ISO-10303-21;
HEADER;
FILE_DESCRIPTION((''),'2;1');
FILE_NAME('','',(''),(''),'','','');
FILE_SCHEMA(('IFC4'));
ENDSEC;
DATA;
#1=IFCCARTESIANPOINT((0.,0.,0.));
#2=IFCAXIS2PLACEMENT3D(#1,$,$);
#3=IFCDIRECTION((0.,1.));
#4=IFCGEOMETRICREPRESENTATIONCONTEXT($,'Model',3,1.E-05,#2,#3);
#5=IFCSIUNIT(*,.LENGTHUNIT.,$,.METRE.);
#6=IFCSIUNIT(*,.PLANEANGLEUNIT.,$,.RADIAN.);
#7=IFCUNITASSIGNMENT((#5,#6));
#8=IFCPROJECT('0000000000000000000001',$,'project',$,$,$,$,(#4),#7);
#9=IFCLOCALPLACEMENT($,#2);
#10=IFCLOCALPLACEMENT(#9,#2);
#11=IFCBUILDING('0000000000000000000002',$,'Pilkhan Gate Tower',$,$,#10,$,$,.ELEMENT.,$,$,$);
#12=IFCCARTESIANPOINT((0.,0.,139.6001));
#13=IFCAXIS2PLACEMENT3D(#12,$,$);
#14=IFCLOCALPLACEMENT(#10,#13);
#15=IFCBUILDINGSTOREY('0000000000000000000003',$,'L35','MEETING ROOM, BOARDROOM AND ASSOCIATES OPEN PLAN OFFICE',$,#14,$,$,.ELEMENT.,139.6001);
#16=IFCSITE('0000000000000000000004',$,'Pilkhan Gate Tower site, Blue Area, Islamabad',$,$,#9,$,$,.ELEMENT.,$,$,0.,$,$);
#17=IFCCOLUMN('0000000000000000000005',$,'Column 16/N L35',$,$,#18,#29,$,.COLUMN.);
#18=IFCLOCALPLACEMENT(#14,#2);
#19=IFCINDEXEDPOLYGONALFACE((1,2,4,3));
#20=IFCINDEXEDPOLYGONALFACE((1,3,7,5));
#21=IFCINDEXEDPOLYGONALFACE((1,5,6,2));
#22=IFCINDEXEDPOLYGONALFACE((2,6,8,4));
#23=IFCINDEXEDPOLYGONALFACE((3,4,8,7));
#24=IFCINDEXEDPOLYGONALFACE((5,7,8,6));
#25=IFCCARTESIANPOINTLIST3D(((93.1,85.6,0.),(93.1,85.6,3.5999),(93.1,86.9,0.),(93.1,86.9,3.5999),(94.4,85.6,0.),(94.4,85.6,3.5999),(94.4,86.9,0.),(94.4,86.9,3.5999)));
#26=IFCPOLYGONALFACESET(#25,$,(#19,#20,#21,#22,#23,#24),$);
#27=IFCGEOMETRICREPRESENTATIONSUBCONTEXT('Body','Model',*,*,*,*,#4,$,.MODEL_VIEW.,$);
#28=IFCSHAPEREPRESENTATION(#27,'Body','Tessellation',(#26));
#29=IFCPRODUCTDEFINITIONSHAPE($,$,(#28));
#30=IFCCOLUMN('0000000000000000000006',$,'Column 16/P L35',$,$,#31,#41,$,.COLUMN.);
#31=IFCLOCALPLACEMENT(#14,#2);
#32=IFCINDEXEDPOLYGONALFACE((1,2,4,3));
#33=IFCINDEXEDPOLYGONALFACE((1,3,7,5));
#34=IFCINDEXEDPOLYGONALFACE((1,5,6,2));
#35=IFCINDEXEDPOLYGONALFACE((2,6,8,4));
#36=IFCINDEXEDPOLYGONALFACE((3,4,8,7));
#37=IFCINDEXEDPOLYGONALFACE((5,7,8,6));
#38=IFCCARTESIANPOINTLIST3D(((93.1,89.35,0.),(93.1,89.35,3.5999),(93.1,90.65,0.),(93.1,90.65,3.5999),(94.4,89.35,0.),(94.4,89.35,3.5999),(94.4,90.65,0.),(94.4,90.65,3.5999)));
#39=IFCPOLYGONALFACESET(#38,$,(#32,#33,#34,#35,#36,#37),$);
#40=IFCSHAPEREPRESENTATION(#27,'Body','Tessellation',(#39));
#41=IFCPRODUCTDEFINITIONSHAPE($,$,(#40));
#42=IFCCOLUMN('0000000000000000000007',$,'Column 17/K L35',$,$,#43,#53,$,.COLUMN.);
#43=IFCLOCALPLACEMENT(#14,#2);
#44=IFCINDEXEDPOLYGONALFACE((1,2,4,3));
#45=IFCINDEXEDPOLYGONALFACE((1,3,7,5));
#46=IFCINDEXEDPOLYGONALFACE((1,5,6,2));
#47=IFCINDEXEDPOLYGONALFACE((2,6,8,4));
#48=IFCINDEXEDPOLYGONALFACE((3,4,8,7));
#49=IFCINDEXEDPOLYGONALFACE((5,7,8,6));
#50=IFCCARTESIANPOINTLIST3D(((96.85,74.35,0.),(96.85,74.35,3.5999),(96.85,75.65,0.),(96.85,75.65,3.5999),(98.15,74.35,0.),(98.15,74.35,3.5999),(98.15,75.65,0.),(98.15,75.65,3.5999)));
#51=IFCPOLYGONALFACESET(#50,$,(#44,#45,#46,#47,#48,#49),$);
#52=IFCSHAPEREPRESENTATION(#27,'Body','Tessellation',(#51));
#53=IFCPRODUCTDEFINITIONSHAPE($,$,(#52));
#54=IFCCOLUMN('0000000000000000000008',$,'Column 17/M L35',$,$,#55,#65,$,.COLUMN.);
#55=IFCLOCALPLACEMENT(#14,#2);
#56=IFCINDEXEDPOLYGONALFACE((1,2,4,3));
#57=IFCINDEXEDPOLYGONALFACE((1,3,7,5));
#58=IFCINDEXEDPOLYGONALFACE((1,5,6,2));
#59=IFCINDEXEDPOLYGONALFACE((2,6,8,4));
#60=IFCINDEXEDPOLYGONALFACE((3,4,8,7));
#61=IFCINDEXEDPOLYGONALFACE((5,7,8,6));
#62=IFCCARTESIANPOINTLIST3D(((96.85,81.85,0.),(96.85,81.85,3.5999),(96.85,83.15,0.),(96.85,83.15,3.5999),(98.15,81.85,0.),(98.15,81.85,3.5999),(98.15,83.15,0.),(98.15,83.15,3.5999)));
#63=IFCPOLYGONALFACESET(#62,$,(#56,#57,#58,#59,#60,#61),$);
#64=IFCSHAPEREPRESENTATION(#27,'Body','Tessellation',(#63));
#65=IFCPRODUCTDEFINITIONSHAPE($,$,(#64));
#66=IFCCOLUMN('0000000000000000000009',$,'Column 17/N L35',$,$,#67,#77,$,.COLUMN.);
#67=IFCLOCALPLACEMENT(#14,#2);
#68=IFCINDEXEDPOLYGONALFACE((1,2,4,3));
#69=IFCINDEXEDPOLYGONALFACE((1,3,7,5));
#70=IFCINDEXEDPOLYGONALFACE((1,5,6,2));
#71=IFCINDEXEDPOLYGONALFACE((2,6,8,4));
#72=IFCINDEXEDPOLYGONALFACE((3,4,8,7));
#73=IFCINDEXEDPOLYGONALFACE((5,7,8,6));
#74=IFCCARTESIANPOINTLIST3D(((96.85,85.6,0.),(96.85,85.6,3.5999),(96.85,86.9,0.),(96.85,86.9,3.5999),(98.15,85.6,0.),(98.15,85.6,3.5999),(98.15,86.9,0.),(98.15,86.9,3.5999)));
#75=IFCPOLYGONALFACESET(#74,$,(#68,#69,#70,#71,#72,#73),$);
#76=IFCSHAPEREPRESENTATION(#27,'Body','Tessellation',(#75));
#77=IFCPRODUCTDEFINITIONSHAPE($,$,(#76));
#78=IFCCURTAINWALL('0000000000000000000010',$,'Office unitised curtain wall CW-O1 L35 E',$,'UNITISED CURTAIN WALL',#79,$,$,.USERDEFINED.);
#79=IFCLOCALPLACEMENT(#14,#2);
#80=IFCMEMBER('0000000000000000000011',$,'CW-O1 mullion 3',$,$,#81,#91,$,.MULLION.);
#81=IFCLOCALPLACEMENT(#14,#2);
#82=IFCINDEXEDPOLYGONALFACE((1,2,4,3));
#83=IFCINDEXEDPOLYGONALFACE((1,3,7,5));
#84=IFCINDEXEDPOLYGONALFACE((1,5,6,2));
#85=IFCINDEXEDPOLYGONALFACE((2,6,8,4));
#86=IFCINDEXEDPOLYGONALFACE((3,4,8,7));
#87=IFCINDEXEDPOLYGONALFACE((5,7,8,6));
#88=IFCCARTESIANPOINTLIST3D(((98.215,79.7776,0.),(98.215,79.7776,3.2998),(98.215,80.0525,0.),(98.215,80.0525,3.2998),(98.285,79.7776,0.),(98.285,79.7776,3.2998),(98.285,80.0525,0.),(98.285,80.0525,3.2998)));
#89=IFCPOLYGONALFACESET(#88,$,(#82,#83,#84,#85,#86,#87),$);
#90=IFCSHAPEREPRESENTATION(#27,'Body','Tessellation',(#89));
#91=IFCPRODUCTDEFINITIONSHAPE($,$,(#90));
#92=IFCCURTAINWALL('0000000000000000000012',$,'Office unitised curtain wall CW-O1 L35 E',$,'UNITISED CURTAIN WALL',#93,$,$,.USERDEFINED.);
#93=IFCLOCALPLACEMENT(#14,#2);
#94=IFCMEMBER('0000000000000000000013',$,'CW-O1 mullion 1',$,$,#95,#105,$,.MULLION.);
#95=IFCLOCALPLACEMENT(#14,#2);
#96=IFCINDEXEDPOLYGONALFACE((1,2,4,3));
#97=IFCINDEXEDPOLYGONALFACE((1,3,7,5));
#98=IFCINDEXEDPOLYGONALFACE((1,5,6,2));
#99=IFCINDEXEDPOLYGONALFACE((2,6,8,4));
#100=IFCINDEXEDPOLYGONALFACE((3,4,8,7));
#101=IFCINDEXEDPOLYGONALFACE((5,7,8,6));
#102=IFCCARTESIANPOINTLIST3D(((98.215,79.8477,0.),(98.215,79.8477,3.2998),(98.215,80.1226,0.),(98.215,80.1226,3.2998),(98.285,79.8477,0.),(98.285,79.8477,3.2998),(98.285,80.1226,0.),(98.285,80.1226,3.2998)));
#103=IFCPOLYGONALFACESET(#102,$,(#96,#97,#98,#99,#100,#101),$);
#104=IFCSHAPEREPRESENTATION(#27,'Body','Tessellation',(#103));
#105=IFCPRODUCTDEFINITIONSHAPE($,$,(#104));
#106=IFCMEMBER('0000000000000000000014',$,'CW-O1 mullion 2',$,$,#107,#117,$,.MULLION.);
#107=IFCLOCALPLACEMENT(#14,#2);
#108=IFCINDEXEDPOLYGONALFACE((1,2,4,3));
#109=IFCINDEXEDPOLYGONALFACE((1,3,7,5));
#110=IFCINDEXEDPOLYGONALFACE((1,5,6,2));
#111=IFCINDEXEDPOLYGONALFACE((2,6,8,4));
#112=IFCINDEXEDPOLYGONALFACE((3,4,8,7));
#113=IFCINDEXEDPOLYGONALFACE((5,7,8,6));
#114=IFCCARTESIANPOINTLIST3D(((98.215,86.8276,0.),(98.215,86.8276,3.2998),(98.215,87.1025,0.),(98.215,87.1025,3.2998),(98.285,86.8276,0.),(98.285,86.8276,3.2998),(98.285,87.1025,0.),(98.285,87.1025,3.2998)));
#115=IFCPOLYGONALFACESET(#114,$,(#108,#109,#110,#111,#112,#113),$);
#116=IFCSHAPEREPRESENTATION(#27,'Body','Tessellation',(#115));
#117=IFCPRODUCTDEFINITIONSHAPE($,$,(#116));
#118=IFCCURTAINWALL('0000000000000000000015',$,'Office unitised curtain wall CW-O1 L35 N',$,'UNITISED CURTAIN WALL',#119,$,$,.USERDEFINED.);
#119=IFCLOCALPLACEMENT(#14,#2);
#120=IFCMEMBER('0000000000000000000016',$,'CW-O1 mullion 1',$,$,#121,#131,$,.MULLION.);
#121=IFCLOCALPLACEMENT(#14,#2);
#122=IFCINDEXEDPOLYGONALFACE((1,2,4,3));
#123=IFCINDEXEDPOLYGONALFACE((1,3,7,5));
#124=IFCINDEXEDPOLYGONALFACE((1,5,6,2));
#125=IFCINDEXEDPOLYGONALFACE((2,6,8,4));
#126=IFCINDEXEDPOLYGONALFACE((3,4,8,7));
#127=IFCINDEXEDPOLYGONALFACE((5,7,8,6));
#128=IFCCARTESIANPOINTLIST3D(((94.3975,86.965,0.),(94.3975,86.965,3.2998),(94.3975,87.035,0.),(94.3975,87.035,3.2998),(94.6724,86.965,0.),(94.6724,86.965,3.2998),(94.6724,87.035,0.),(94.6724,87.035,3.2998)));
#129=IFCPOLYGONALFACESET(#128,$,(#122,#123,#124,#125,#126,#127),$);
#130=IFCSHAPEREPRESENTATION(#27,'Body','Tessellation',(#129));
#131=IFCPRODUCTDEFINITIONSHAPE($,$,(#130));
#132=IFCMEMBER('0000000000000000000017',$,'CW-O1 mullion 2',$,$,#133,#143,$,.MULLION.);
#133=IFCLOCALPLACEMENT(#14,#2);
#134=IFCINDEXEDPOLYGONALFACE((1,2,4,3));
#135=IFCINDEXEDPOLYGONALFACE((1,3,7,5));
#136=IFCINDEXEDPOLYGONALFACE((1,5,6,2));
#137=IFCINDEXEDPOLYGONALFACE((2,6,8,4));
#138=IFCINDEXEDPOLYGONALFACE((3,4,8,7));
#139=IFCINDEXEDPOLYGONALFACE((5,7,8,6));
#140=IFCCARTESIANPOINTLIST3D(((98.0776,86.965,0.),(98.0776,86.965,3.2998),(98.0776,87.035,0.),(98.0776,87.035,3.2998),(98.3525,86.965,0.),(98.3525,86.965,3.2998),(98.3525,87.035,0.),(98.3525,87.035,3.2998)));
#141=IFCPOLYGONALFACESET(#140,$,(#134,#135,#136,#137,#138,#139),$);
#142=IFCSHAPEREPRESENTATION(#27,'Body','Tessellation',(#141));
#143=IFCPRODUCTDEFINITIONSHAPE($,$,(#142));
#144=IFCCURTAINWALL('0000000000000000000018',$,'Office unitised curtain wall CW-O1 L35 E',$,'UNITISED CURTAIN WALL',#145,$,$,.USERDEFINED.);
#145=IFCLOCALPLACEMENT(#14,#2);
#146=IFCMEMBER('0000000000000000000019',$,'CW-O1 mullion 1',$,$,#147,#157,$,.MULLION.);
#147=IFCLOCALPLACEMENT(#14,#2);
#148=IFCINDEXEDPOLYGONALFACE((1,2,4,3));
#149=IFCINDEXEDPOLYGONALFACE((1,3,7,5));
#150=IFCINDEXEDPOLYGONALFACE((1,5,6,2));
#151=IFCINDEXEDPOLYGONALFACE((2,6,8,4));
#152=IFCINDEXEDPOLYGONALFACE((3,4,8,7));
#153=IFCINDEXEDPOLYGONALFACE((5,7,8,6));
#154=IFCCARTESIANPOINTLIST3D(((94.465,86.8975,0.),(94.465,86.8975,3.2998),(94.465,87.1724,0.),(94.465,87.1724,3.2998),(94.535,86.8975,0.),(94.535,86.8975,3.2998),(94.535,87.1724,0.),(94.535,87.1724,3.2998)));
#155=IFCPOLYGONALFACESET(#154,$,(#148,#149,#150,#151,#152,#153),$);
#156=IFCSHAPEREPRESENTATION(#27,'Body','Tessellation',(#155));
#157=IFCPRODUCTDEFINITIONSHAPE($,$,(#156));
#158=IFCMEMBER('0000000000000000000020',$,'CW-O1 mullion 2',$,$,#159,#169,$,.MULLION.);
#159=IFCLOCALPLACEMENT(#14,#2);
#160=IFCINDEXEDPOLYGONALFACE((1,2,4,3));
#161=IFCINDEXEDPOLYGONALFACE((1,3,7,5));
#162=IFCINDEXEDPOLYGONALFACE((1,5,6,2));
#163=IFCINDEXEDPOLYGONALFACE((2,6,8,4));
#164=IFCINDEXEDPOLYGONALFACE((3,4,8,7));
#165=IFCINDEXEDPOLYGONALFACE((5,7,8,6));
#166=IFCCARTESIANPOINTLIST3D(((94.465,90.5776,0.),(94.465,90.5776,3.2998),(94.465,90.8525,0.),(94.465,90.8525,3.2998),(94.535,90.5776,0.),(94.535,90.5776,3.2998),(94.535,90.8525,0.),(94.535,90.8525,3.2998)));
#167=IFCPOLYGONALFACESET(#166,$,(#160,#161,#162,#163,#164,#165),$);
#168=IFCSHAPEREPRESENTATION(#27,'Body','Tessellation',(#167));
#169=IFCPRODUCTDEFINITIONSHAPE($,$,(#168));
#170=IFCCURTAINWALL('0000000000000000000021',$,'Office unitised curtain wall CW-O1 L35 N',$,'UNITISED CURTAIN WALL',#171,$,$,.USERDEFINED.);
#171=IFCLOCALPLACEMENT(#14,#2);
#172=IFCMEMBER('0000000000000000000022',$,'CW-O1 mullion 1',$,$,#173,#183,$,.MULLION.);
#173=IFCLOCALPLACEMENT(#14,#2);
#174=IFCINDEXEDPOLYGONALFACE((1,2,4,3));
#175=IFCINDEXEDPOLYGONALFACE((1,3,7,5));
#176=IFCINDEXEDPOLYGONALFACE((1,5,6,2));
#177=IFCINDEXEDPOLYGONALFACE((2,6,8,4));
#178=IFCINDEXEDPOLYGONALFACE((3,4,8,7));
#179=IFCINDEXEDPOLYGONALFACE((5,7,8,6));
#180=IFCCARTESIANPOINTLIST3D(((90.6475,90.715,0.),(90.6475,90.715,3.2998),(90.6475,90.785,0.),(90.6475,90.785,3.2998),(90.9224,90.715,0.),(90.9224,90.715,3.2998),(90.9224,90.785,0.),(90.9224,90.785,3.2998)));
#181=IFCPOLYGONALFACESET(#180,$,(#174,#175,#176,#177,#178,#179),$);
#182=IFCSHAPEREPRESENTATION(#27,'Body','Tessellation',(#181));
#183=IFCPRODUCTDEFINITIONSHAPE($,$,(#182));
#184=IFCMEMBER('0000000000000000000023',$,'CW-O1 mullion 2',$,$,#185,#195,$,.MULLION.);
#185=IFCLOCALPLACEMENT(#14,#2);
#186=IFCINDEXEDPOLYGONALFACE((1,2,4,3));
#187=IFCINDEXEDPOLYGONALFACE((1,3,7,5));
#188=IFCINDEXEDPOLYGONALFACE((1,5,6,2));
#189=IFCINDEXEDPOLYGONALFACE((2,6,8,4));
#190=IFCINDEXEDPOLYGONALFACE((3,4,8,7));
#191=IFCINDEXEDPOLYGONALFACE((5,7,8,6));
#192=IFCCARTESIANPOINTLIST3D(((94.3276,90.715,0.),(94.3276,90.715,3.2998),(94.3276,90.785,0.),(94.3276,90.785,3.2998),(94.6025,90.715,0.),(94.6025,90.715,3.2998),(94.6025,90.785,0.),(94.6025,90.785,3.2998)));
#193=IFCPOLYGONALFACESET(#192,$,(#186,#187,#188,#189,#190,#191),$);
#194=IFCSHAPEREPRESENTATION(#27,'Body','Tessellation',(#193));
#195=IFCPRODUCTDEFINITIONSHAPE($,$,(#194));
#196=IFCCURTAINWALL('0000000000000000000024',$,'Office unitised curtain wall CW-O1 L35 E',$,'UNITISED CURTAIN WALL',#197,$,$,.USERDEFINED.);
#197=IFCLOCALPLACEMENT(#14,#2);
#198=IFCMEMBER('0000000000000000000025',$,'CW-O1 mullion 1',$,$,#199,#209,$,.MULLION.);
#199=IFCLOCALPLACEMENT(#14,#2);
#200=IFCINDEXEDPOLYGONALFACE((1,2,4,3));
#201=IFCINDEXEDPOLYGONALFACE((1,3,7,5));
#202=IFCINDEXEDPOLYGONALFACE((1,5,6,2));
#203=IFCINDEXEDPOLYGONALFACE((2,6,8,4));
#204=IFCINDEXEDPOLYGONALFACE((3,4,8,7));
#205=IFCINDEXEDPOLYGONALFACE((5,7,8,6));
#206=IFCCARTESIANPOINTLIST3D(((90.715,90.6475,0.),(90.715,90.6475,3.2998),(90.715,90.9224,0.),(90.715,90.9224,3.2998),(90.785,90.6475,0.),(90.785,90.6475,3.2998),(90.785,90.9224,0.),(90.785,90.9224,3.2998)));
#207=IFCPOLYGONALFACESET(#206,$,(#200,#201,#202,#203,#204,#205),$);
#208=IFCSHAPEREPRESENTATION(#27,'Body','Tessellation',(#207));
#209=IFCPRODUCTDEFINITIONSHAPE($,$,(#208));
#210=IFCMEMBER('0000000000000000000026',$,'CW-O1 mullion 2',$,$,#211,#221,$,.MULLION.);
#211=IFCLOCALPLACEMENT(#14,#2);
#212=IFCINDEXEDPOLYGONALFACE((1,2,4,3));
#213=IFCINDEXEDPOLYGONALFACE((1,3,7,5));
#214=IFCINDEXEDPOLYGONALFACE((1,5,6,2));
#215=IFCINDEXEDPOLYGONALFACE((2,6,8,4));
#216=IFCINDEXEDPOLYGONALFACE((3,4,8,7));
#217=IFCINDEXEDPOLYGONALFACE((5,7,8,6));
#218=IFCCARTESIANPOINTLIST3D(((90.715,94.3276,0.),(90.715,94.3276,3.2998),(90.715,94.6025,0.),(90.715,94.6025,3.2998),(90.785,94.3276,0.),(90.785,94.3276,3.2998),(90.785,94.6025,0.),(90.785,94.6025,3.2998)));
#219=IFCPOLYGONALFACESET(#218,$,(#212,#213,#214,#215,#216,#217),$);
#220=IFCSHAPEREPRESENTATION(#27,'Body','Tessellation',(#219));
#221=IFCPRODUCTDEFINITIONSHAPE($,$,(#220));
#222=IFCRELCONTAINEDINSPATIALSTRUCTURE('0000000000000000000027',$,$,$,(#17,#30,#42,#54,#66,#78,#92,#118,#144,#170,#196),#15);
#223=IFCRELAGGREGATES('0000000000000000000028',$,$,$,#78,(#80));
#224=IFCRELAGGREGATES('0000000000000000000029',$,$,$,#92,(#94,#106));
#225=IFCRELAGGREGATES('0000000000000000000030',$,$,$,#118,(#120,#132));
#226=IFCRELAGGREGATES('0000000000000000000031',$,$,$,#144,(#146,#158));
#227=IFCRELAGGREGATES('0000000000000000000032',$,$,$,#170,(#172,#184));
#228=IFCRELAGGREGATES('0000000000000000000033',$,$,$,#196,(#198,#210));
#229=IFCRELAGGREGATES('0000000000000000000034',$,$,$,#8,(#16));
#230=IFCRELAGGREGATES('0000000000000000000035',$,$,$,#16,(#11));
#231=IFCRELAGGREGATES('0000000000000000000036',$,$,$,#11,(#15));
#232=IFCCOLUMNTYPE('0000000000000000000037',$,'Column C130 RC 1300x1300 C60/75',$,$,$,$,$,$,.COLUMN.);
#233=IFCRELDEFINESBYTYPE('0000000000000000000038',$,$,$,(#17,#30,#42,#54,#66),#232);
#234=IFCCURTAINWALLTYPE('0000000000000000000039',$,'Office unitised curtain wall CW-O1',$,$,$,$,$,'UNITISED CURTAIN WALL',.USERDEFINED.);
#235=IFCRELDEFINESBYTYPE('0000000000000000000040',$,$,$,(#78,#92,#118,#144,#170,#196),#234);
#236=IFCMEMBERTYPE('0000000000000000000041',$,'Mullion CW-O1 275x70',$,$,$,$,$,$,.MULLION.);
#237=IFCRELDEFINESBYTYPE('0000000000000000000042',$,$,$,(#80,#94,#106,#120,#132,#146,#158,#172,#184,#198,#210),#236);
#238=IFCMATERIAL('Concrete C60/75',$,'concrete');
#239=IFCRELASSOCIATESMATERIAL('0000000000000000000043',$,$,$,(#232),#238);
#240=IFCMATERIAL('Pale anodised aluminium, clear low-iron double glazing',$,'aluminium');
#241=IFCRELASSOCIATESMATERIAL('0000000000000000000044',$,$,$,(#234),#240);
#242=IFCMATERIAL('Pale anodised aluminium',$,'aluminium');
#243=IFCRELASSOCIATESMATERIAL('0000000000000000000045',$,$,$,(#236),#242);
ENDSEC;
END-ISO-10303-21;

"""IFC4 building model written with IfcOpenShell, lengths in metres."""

from ifc_helpers import new_model, si_unit, direction, frame, origin, origin_2d, place, context, subcontext, project, spatial, rectangle, extrude, material, material_profile, profile_set, type_object, element, aggregate, save


model = new_model("IFC4")

# Units and contexts
model_context = context("Model", 3, precision=1e-05, world=origin(), true_north=direction((0.0, 1.0)))
body_context = subcontext(model_context, "Body", "Model", "MODEL_VIEW")
ifc_project = project(units=[si_unit("LENGTHUNIT", "METRE"), si_unit("PLANEANGLEUNIT", "RADIAN")], contexts=[model_context])

# Site, building, storey
site_placement = place(None, origin())
site = spatial("IfcSite", under=ifc_project, at=site_placement, Name="Pilkhan Gate Tower site, Blue Area, Islamabad", CompositionType="ELEMENT", RefElevation=0.0)
building_placement = place(site_placement, origin())
building = spatial("IfcBuilding", under=site, at=building_placement, Name="Pilkhan Gate Tower", CompositionType="ELEMENT")
storey_placement = place(building_placement, frame((0.0, 0.0, 139.6001)))
storey = spatial("IfcBuildingStorey", under=building, at=storey_placement, Name="L35", Description="MEETING ROOM, BOARDROOM AND ASSOCIATES OPEN PLAN OFFICE", CompositionType="ELEMENT", Elevation=139.6001)

# Columns
ifc_material_1 = material(Name="Concrete C60/75", Category="concrete")
ifc_material_profile_1 = material_profile(ifc_material_1, rectangle(XDim=1.3, YDim=1.3, at=origin_2d()), Name="RC 1300x1300")
ifc_profile_set_1 = profile_set([ifc_material_profile_1], Name="Concrete C60/75")
column_type = type_object("IfcColumnType", Name="Column C130 RC 1300x1300 C60/75", PredefinedType="COLUMN", material=ifc_profile_set_1)
for number, where, z_axis, x_axis, name in (
    (1, (93.75, 86.25, 0.0), (0.0, 0.0, 1.0), (1.0, 0.0, 0.0), "Column 16/N L35"),
    (2, (93.75, 90.0, 0.0), (0.0, 0.0, 1.0), (1.0, 0.0, 0.0), "Column 16/P L35"),
    (3, (97.5, 75.0, 0.0), (0.0, 0.0, 1.0), (1.0, 0.0, 0.0), "Column 17/K L35"),
    (4, (97.5, 82.5, 0.0), (0.0, 0.0, 1.0), (1.0, 0.0, 0.0), "Column 17/M L35"),
    (5, (97.5, 86.25, 0.0), (0.0, 0.0, 1.0), (1.0, 0.0, 0.0), "Column 17/N L35"),
):
    element("IfcColumn", number, at=place(storey_placement, frame(where, z_axis=z_axis, x_axis=x_axis)), inside=storey, type_object=column_type, Name=name, PredefinedType="COLUMN", context=body_context, shape_type="SweptSolid", body=[
        extrude(rectangle(XDim=1.3, YDim=1.3, at=origin_2d()), origin(), (0.0, 0.0, 1.0), 3.5999),
    ])

# Curtain wall, member
ifc_material_2 = material(Name="Pale anodised aluminium, clear low-iron double glazing", Category="aluminium")
curtain_wall_type = type_object("IfcCurtainWallType", Name="Office unitised curtain wall CW-O1", ElementType="UNITISED CURTAIN WALL", PredefinedType="USERDEFINED", material=ifc_material_2)
curtain_wall_1_placement = place(storey_placement, origin())
curtain_wall_1 = element("IfcCurtainWall", 6, at=curtain_wall_1_placement, inside=storey, type_object=curtain_wall_type, Name="Office unitised curtain wall CW-O1 L35 E", ObjectType="UNITISED CURTAIN WALL", PredefinedType="USERDEFINED")
ifc_material_3 = material(Name="Pale anodised aluminium", Category="aluminium")
ifc_material_profile_2 = material_profile(ifc_material_3, rectangle(XDim=0.0701, YDim=0.2749, at=origin_2d()), Name="Mullion 275x70")
ifc_profile_set_2 = profile_set([ifc_material_profile_2], Name="Pale anodised aluminium")
member_type_1 = type_object("IfcMemberType", Name="Mullion CW-O1 275x70", PredefinedType="MULLION", material=ifc_profile_set_2)
member_1_placement = place(storey_placement, frame((98.25, 79.915, 0.0), z_axis=(0.0, 0.0, 1.0), x_axis=(-1.0, 0.0, 0.0)))
member_1 = element("IfcMember", 7, at=member_1_placement, type_object=member_type_1, Name="CW-O1 mullion 3", PredefinedType="MULLION", context=body_context, shape_type="SweptSolid", body=[
    extrude(rectangle(XDim=0.0701, YDim=0.2749, at=origin_2d()), origin(), (0.0, 0.0, 1.0), 3.2998),
])

# Curtain walls, members
curtain_wall_2_placement = place(storey_placement, origin())
curtain_wall_2 = element("IfcCurtainWall", 8, at=curtain_wall_2_placement, inside=storey, type_object=curtain_wall_type, Name="Office unitised curtain wall CW-O1 L35 E", ObjectType="UNITISED CURTAIN WALL", PredefinedType="USERDEFINED")
member_2_placement = place(storey_placement, frame((98.25, 79.9851, 0.0), z_axis=(0.0, 0.0, 1.0), x_axis=(-1.0, 0.0, 0.0)))
member_2 = element("IfcMember", 9, at=member_2_placement, type_object=member_type_1, Name="CW-O1 mullion 1", PredefinedType="MULLION", context=body_context, shape_type="SweptSolid", body=[
    extrude(rectangle(XDim=0.0701, YDim=0.2749, at=origin_2d()), origin(), (0.0, 0.0, 1.0), 3.2998),
])
member_3_placement = place(storey_placement, frame((98.25, 86.9651, 0.0), z_axis=(0.0, 0.0, 1.0), x_axis=(-1.0, 0.0, 0.0)))
member_3 = element("IfcMember", 10, at=member_3_placement, type_object=member_type_1, Name="CW-O1 mullion 2", PredefinedType="MULLION", context=body_context, shape_type="SweptSolid", body=[
    extrude(rectangle(XDim=0.0701, YDim=0.2749, at=origin_2d()), origin(), (0.0, 0.0, 1.0), 3.2998),
])
curtain_wall_3_placement = place(storey_placement, origin())
curtain_wall_3 = element("IfcCurtainWall", 11, at=curtain_wall_3_placement, inside=storey, type_object=curtain_wall_type, Name="Office unitised curtain wall CW-O1 L35 N", ObjectType="UNITISED CURTAIN WALL", PredefinedType="USERDEFINED")
member_4_placement = place(storey_placement, frame((94.5349, 87.0, 0.0), z_axis=(0.0, 0.0, 1.0), x_axis=(0.0, 1.0, 0.0)))
member_4 = element("IfcMember", 12, at=member_4_placement, type_object=member_type_1, Name="CW-O1 mullion 1", PredefinedType="MULLION", context=body_context, shape_type="SweptSolid", body=[
    extrude(rectangle(XDim=0.0701, YDim=0.2749, at=origin_2d()), origin(), (0.0, 0.0, 1.0), 3.2998),
])
member_5_placement = place(storey_placement, frame((98.2151, 87.0, 0.0), z_axis=(0.0, 0.0, 1.0), x_axis=(0.0, 1.0, 0.0)))
member_5 = element("IfcMember", 13, at=member_5_placement, type_object=member_type_1, Name="CW-O1 mullion 2", PredefinedType="MULLION", context=body_context, shape_type="SweptSolid", body=[
    extrude(rectangle(XDim=0.0701, YDim=0.2749, at=origin_2d()), origin(), (0.0, 0.0, 1.0), 3.2998),
])
curtain_wall_4_placement = place(storey_placement, origin())
curtain_wall_4 = element("IfcCurtainWall", 14, at=curtain_wall_4_placement, inside=storey, type_object=curtain_wall_type, Name="Office unitised curtain wall CW-O1 L35 E", ObjectType="UNITISED CURTAIN WALL", PredefinedType="USERDEFINED")
member_6_placement = place(storey_placement, frame((94.5, 87.0349, 0.0), z_axis=(0.0, 0.0, 1.0), x_axis=(-1.0, 0.0, 0.0)))
member_6 = element("IfcMember", 15, at=member_6_placement, type_object=member_type_1, Name="CW-O1 mullion 1", PredefinedType="MULLION", context=body_context, shape_type="SweptSolid", body=[
    extrude(rectangle(XDim=0.0701, YDim=0.2749, at=origin_2d()), origin(), (0.0, 0.0, 1.0), 3.2998),
])
member_7_placement = place(storey_placement, frame((94.5, 90.7151, 0.0), z_axis=(0.0, 0.0, 1.0), x_axis=(-1.0, 0.0, 0.0)))
member_7 = element("IfcMember", 16, at=member_7_placement, type_object=member_type_1, Name="CW-O1 mullion 2", PredefinedType="MULLION", context=body_context, shape_type="SweptSolid", body=[
    extrude(rectangle(XDim=0.0701, YDim=0.2749, at=origin_2d()), origin(), (0.0, 0.0, 1.0), 3.2998),
])
curtain_wall_5_placement = place(storey_placement, origin())
curtain_wall_5 = element("IfcCurtainWall", 17, at=curtain_wall_5_placement, inside=storey, type_object=curtain_wall_type, Name="Office unitised curtain wall CW-O1 L35 N", ObjectType="UNITISED CURTAIN WALL", PredefinedType="USERDEFINED")
member_8_placement = place(storey_placement, frame((90.7849, 90.75, 0.0), z_axis=(0.0, 0.0, 1.0), x_axis=(0.0, 1.0, 0.0)))
member_8 = element("IfcMember", 18, at=member_8_placement, type_object=member_type_1, Name="CW-O1 mullion 1", PredefinedType="MULLION", context=body_context, shape_type="SweptSolid", body=[
    extrude(rectangle(XDim=0.0701, YDim=0.2749, at=origin_2d()), origin(), (0.0, 0.0, 1.0), 3.2998),
])
member_9_placement = place(storey_placement, frame((94.4651, 90.75, 0.0), z_axis=(0.0, 0.0, 1.0), x_axis=(0.0, 1.0, 0.0)))
member_9 = element("IfcMember", 19, at=member_9_placement, type_object=member_type_1, Name="CW-O1 mullion 2", PredefinedType="MULLION", context=body_context, shape_type="SweptSolid", body=[
    extrude(rectangle(XDim=0.0701, YDim=0.2749, at=origin_2d()), origin(), (0.0, 0.0, 1.0), 3.2998),
])
curtain_wall_6_placement = place(storey_placement, origin())
curtain_wall_6 = element("IfcCurtainWall", 20, at=curtain_wall_6_placement, inside=storey, type_object=curtain_wall_type, Name="Office unitised curtain wall CW-O1 L35 E", ObjectType="UNITISED CURTAIN WALL", PredefinedType="USERDEFINED")
member_10_placement = place(storey_placement, frame((90.75, 90.7849, 0.0), z_axis=(0.0, 0.0, 1.0), x_axis=(-1.0, 0.0, 0.0)))
member_10 = element("IfcMember", 21, at=member_10_placement, type_object=member_type_1, Name="CW-O1 mullion 1", PredefinedType="MULLION", context=body_context, shape_type="SweptSolid", body=[
    extrude(rectangle(XDim=0.0701, YDim=0.2749, at=origin_2d()), origin(), (0.0, 0.0, 1.0), 3.2998),
])
member_11_placement = place(storey_placement, frame((90.75, 94.4651, 0.0), z_axis=(0.0, 0.0, 1.0), x_axis=(-1.0, 0.0, 0.0)))
member_11 = element("IfcMember", 22, at=member_11_placement, type_object=member_type_1, Name="CW-O1 mullion 2", PredefinedType="MULLION", context=body_context, shape_type="SweptSolid", body=[
    extrude(rectangle(XDim=0.0701, YDim=0.2749, at=origin_2d()), origin(), (0.0, 0.0, 1.0), 3.2998),
])

aggregate(curtain_wall_1, [member_1])
aggregate(curtain_wall_2, [member_2, member_3])
aggregate(curtain_wall_3, [member_4, member_5])
aggregate(curtain_wall_4, [member_6, member_7])
aggregate(curtain_wall_5, [member_8, member_9])
aggregate(curtain_wall_6, [member_10, member_11])

save(model, "model.ifc")
